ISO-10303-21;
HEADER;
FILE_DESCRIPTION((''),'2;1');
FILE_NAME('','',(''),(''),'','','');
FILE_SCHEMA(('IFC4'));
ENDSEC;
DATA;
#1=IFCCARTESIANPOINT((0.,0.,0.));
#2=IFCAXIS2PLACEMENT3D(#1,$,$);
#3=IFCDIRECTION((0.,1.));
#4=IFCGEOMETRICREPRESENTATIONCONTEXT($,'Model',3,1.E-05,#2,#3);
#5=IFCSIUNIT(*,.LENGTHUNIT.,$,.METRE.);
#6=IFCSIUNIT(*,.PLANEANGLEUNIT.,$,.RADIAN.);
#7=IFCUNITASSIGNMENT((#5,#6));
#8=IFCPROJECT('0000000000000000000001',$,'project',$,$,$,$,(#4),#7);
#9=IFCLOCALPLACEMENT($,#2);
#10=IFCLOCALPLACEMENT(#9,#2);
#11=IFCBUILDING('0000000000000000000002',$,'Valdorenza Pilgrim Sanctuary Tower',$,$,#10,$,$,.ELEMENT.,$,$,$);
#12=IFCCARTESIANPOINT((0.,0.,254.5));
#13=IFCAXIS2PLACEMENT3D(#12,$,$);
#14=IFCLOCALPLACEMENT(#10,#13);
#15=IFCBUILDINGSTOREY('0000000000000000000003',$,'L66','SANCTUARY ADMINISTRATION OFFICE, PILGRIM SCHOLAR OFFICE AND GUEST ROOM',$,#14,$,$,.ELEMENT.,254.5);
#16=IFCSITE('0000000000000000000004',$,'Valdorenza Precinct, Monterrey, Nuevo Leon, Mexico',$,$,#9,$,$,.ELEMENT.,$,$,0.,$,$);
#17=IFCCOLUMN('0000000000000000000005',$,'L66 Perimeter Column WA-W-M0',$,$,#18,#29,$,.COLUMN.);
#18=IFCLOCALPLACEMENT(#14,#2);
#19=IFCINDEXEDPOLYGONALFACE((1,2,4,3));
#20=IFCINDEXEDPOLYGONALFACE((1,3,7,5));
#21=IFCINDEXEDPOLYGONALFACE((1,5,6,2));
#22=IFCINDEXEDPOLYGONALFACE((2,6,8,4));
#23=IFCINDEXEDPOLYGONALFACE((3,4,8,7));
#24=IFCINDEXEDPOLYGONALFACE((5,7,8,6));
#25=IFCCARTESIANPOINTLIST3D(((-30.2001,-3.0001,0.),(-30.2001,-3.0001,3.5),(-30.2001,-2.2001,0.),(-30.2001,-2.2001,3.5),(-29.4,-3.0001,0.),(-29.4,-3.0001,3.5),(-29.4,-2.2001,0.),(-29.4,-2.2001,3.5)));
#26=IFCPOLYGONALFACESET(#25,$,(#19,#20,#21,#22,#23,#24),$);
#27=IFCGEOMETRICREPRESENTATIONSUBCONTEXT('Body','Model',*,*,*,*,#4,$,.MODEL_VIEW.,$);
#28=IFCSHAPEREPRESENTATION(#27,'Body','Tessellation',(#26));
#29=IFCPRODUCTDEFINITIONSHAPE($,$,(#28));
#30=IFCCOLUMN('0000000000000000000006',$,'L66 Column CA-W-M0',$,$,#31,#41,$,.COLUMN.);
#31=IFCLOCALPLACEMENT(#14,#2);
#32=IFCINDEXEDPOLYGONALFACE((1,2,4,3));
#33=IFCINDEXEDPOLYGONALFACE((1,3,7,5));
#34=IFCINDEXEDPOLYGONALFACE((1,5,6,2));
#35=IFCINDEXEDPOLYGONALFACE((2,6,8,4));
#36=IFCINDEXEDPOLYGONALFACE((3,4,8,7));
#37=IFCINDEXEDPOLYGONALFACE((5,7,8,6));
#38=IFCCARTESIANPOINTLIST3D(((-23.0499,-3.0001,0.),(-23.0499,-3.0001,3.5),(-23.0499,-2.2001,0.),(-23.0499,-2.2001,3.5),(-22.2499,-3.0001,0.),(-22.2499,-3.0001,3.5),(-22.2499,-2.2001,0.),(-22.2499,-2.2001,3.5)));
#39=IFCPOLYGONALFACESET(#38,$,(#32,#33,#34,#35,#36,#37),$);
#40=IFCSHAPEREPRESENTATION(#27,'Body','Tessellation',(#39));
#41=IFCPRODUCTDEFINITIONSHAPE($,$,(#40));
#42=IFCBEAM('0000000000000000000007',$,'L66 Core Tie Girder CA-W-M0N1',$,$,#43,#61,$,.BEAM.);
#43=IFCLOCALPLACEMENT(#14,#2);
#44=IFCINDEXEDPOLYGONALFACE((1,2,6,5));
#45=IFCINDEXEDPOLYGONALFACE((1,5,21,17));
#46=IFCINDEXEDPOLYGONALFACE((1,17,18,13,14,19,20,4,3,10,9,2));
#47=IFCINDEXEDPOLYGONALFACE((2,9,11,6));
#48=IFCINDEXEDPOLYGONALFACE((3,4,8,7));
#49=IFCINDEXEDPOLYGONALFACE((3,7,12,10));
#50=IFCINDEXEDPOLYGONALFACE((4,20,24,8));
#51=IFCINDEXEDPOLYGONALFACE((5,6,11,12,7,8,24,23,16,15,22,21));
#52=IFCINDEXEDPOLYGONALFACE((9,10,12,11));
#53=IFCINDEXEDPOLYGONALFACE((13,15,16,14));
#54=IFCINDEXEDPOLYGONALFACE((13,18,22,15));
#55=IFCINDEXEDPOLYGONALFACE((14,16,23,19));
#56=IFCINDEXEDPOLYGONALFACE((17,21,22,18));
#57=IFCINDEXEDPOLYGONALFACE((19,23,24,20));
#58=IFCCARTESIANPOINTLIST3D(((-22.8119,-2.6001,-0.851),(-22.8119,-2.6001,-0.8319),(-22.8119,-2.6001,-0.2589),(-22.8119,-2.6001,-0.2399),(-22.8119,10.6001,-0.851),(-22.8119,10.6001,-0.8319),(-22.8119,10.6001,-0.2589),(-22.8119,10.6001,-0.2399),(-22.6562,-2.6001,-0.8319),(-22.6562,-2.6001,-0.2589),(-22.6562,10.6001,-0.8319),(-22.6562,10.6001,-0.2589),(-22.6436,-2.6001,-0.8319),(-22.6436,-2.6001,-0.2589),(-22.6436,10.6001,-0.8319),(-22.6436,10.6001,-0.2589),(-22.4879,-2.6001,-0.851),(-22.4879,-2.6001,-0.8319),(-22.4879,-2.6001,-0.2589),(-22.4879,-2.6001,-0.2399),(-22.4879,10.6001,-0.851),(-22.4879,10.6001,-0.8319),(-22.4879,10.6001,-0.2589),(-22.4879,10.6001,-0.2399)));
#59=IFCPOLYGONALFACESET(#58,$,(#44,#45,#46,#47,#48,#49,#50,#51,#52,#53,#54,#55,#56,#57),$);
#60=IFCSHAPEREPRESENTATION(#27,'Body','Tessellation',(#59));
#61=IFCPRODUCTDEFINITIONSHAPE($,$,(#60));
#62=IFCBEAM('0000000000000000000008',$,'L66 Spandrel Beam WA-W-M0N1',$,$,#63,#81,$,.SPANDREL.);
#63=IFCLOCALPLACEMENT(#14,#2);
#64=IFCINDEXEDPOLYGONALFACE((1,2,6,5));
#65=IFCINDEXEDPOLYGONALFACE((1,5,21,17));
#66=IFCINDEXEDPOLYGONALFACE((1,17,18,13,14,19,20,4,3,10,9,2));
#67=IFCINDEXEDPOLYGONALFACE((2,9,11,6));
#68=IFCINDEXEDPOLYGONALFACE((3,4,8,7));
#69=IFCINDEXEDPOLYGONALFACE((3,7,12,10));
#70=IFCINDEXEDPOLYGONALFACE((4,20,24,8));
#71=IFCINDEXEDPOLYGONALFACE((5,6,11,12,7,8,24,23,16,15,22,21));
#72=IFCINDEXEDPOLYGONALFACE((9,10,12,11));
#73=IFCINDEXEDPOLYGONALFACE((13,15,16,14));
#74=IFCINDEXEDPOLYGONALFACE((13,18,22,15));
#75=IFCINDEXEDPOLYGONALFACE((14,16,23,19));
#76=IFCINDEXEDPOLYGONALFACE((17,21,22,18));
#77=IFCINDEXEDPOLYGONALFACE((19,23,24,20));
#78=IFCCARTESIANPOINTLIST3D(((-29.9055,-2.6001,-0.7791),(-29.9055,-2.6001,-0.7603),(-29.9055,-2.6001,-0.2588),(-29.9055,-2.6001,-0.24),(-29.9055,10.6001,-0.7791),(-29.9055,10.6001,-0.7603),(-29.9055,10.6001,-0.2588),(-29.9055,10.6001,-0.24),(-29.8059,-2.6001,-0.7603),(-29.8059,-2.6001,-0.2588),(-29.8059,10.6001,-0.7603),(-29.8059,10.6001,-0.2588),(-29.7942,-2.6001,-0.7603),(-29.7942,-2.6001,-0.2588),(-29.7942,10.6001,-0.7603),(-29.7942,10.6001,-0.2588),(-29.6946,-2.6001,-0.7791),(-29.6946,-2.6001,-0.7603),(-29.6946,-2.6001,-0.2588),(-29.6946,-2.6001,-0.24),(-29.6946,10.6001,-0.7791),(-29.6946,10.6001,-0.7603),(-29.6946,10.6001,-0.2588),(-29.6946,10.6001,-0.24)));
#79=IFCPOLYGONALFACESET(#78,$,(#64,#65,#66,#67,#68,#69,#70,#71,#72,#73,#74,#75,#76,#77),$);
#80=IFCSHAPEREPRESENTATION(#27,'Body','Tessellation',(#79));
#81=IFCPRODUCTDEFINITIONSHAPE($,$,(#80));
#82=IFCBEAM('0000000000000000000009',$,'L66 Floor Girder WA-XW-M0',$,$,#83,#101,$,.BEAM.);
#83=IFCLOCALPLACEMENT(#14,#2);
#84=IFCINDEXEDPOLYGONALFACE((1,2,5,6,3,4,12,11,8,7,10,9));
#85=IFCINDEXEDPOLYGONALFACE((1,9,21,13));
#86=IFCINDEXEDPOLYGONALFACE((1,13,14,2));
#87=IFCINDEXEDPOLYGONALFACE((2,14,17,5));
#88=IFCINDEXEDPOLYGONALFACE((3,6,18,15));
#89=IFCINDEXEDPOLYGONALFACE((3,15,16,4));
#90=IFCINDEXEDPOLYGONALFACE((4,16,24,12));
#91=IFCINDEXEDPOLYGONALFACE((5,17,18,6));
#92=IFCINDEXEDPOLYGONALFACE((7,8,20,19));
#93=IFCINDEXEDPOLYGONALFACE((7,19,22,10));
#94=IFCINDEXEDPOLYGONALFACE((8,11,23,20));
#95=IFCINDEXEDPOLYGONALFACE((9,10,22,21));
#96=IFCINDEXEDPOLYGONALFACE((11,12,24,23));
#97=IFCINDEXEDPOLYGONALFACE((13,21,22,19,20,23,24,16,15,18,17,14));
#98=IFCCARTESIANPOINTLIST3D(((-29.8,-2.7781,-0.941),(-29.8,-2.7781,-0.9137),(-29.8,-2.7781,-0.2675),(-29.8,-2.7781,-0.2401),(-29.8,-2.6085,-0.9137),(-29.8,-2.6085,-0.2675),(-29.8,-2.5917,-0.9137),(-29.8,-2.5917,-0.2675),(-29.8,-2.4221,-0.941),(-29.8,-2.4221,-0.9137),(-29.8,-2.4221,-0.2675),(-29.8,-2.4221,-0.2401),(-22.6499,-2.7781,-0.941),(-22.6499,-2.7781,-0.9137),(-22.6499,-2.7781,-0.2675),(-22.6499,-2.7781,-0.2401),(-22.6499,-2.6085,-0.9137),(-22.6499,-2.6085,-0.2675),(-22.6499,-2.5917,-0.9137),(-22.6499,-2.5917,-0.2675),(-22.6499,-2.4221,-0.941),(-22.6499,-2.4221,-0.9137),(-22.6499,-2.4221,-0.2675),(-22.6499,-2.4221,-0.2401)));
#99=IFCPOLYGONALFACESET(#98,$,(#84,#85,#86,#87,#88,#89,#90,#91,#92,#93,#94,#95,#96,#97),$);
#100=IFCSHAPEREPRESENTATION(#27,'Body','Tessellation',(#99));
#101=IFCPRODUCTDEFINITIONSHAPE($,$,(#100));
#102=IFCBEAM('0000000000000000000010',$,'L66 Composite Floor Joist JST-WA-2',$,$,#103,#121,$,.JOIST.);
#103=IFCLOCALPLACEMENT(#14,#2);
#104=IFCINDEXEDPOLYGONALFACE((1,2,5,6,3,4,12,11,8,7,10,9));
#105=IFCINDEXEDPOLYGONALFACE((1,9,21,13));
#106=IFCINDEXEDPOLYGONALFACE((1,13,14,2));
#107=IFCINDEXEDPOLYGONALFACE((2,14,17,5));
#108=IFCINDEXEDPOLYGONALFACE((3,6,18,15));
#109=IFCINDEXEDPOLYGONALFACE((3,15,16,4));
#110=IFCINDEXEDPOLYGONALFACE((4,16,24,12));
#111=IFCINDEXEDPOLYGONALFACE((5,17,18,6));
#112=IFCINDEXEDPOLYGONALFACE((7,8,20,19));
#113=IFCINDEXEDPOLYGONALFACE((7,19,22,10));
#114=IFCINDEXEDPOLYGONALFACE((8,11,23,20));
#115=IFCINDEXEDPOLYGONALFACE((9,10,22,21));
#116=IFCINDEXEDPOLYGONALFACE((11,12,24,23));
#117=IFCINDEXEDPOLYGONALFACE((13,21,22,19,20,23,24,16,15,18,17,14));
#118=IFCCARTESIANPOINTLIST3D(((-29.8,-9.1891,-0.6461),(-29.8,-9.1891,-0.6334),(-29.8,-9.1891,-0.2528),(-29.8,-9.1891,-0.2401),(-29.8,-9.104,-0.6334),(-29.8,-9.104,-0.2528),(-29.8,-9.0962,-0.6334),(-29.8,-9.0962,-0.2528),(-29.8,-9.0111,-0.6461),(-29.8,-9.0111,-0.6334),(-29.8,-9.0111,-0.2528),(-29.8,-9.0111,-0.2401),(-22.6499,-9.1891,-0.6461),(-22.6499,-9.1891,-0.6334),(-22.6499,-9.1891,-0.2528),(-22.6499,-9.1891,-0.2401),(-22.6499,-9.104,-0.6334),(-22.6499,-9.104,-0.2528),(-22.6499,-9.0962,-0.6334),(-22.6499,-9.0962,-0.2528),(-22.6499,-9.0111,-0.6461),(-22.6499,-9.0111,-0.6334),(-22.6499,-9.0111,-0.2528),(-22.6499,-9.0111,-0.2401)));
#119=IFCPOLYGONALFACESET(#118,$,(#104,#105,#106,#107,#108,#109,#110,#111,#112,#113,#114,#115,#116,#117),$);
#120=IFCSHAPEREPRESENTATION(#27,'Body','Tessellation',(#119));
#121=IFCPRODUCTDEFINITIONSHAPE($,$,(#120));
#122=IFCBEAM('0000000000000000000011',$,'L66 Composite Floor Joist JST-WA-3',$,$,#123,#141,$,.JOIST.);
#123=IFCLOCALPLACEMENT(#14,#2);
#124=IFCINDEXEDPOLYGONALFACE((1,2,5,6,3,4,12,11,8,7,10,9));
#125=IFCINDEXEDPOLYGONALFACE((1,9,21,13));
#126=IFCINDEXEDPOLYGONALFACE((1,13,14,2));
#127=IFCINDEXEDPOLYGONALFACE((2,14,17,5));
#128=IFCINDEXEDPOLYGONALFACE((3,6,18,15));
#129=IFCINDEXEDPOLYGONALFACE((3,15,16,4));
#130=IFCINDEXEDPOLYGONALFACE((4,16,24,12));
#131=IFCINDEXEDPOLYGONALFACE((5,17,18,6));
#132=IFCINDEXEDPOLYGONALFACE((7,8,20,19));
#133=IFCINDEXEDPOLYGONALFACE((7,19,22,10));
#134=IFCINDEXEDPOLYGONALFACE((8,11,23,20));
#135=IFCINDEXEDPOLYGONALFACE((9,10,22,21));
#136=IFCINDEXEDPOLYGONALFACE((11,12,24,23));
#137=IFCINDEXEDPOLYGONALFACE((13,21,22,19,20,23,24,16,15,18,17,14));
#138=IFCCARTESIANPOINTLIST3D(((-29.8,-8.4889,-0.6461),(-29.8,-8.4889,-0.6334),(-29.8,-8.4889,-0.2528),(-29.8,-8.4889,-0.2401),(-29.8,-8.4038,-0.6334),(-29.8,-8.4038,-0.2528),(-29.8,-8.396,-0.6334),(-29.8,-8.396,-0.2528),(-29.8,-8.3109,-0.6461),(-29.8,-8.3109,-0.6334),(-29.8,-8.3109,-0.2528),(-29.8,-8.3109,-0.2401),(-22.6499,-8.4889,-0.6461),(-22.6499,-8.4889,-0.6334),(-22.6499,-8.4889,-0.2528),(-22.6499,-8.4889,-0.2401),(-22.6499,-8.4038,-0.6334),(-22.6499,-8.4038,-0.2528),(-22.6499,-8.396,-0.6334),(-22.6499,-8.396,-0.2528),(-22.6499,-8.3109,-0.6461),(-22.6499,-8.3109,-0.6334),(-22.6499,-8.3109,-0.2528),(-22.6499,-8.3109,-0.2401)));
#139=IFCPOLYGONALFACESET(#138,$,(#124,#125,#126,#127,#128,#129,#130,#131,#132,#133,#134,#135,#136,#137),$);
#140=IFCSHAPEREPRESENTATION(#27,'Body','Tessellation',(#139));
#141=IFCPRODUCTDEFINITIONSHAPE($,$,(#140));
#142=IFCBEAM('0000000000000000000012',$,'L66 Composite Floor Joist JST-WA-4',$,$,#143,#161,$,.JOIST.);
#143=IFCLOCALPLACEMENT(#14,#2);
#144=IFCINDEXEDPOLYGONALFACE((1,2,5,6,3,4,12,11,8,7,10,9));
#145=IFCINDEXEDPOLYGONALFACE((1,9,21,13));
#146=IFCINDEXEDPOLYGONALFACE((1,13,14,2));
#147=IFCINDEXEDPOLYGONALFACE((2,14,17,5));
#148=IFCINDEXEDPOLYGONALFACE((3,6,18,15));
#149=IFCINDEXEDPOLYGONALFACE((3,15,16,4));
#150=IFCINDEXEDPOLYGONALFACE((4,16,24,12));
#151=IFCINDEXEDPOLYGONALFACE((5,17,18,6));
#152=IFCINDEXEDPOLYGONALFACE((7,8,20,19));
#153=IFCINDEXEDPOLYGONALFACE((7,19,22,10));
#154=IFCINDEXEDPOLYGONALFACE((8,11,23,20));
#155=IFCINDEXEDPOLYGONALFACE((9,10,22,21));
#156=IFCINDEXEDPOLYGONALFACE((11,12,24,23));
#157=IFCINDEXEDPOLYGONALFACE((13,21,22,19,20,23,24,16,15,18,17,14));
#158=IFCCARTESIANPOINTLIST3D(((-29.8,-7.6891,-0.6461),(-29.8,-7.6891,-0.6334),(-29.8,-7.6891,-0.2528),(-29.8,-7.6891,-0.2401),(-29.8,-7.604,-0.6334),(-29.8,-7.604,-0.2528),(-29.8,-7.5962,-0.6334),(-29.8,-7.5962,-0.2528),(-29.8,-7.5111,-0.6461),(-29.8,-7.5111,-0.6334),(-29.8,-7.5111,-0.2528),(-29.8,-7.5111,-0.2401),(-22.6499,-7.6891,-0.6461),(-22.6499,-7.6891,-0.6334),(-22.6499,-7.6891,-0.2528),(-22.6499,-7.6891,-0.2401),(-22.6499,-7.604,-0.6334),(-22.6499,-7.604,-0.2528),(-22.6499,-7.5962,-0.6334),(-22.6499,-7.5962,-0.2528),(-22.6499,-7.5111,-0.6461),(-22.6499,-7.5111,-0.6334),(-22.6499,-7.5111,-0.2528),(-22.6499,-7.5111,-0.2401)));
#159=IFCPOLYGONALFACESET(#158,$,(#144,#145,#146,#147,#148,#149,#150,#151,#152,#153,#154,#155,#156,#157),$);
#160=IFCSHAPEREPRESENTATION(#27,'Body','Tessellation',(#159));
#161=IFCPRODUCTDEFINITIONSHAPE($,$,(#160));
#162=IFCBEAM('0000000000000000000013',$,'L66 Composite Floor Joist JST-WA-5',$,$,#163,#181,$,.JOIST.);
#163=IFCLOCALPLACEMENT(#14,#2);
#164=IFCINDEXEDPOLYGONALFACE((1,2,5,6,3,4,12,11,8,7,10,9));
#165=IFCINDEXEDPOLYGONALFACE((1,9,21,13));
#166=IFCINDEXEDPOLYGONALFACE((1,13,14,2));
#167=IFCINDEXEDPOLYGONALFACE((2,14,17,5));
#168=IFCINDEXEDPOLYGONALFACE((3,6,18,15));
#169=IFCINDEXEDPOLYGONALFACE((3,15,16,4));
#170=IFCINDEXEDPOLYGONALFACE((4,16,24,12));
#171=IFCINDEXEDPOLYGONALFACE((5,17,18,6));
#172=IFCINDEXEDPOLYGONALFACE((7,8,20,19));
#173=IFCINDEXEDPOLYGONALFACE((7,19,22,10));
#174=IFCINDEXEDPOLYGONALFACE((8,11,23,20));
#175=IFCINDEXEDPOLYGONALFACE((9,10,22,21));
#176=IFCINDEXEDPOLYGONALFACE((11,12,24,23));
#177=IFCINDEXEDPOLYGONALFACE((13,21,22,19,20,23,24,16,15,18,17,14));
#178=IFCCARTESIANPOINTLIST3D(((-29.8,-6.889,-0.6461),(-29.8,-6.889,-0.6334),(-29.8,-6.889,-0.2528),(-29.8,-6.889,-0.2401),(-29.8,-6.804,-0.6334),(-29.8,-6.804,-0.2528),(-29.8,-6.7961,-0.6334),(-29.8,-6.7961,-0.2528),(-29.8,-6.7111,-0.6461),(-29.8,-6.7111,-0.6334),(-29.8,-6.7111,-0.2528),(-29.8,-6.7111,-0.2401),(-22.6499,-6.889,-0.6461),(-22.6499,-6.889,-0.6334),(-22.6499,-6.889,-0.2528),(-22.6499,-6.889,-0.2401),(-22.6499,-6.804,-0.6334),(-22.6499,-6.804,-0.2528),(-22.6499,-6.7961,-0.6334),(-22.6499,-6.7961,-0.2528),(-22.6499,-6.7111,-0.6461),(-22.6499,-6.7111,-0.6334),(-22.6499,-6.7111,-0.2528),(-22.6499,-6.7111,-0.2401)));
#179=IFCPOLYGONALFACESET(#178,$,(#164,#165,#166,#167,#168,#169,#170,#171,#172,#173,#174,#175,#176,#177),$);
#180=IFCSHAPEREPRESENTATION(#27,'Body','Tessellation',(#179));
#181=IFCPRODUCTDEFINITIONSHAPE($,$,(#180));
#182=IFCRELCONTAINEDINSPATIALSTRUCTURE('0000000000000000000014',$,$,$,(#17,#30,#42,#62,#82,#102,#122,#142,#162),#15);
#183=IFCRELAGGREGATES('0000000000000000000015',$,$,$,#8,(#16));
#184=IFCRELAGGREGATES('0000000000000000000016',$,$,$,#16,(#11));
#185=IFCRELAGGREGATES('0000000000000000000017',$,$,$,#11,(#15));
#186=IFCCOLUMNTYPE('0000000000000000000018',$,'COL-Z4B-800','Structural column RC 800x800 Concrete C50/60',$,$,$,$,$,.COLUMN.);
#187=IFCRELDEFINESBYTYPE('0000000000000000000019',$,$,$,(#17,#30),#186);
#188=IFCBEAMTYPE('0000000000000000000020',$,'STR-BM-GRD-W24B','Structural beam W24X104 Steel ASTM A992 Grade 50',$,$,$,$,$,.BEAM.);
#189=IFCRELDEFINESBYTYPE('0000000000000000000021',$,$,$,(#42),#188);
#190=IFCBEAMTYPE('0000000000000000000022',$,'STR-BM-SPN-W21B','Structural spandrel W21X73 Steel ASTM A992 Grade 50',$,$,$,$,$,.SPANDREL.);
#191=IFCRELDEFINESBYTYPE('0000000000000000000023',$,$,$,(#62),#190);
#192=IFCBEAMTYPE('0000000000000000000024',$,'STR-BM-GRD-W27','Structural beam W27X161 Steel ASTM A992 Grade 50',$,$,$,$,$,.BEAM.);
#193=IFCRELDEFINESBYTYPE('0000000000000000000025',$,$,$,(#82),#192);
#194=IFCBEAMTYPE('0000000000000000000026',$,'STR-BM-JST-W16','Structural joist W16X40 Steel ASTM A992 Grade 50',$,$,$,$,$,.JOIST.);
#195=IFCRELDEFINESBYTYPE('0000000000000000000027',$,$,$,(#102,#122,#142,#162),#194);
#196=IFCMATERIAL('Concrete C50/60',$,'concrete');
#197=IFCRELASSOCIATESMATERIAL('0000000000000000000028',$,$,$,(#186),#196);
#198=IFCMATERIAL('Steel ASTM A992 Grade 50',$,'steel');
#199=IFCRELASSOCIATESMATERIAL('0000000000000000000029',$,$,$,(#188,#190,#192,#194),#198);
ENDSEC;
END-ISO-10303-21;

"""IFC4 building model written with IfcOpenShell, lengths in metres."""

from ifc_helpers import new_model, si_unit, direction, frame, origin, origin_2d, place, context, subcontext, project, spatial, rectangle, i_section, extrude, source, transform, mapped, material, material_profile, profile_set, type_object, element, save


model = new_model("IFC4")

# Units and contexts
model_context = context("Model", 3, precision=1e-05, world=origin(), true_north=direction((0.0, 1.0)))
body_context = subcontext(model_context, "Body", "Model", "MODEL_VIEW")
ifc_project = project(units=[si_unit("LENGTHUNIT", "METRE"), si_unit("PLANEANGLEUNIT", "RADIAN")], contexts=[model_context])

# Site, building, storey
site_placement = place(None, origin())
site = spatial("IfcSite", under=ifc_project, at=site_placement, Name="Valdorenza Precinct, Monterrey, Nuevo Leon, Mexico", CompositionType="ELEMENT", RefElevation=0.0)
building_placement = place(site_placement, origin())
building = spatial("IfcBuilding", under=site, at=building_placement, Name="Valdorenza Pilgrim Sanctuary Tower", CompositionType="ELEMENT")
storey_placement = place(building_placement, frame((0.0, 0.0, 254.5)))
storey = spatial("IfcBuildingStorey", under=building, at=storey_placement, Name="L66", Description="SANCTUARY ADMINISTRATION OFFICE, PILGRIM SCHOLAR OFFICE AND GUEST ROOM", CompositionType="ELEMENT", Elevation=254.5)

# Columns
ifc_material_1 = material(Name="Concrete C50/60", Category="concrete")
ifc_material_profile_1 = material_profile(ifc_material_1, rectangle(XDim=0.8, YDim=0.8, at=origin_2d()), Name="RC 800x800")
ifc_profile_set_1 = profile_set([ifc_material_profile_1], Name="Concrete C50/60")
column_type = type_object("IfcColumnType", Name="COL-Z4B-800", Description="Structural column RC 800x800 Concrete C50/60", PredefinedType="COLUMN", material=ifc_profile_set_1)
shared_shape_1 = source(origin(), body_context, "Body", "SweptSolid", [
    extrude(rectangle(XDim=0.8, YDim=0.8, at=origin_2d()), origin(), (0.0, 0.0, 1.0), 3.5),
])
for number, where, z_axis, x_axis, name in (
    (1, (-29.8, -2.6001, 0.0), (0.0, 0.0, 1.0), (1.0, 0.0, 0.0), "L66 Perimeter Column WA-W-M0"),
    (2, (-22.6499, -2.6001, 0.0), (0.0, 0.0, 1.0), (1.0, 0.0, 0.0), "L66 Column CA-W-M0"),
):
    element("IfcColumn", number, at=place(storey_placement, frame(where, z_axis=z_axis, x_axis=x_axis)), inside=storey, type_object=column_type, Name=name, PredefinedType="COLUMN", context=body_context, shape_type="MappedRepresentation", body=[
        mapped(shared_shape_1, transform((0.0, 0.0, 0.0), x_axis=(1.0, 0.0, 0.0), y_axis=(0.0, 1.0, 0.0), z_axis=(0.0, 0.0, 1.0), scale=1.0)),
    ])

# Beams
ifc_material_2 = material(Name="Steel ASTM A992 Grade 50", Category="steel")
ifc_material_profile_2 = material_profile(ifc_material_2, i_section(OverallWidth=0.324, OverallDepth=0.6111, WebThickness=0.0127, FlangeThickness=0.019, at=origin_2d()), Name="W24X104")
ifc_profile_set_2 = profile_set([ifc_material_profile_2], Name="Steel ASTM A992 Grade 50")
beam_type_1 = type_object("IfcBeamType", Name="STR-BM-GRD-W24B", Description="Structural beam W24X104 Steel ASTM A992 Grade 50", PredefinedType="BEAM", material=ifc_profile_set_2)
shared_shape_2 = source(origin(), body_context, "Body", "SweptSolid", [
    extrude(i_section(OverallWidth=0.324, OverallDepth=0.6111, WebThickness=0.0127, FlangeThickness=0.019, at=origin_2d()), origin(), (0.0, 0.0, 1.0), 13.2002),
])
beam_1_placement = place(storey_placement, frame((-22.6499, -2.6001, -0.5454), z_axis=(0.0, 1.0, 0.0), x_axis=(-1.0, 0.0, 0.0)))
element("IfcBeam", 3, at=beam_1_placement, inside=storey, type_object=beam_type_1, Name="L66 Core Tie Girder CA-W-M0N1", PredefinedType="BEAM", context=body_context, shape_type="MappedRepresentation", body=[
    mapped(shared_shape_2, transform((0.0, 0.0, 0.0), x_axis=(1.0, 0.0, 0.0), y_axis=(0.0, 1.0, 0.0), z_axis=(0.0, 0.0, 1.0), scale=1.0)),
])
ifc_material_profile_3 = material_profile(ifc_material_2, i_section(OverallWidth=0.2109, OverallDepth=0.5391, WebThickness=0.0117, FlangeThickness=0.0188, at=origin_2d()), Name="W21X73")
ifc_profile_set_3 = profile_set([ifc_material_profile_3], Name="Steel ASTM A992 Grade 50")
beam_type_2 = type_object("IfcBeamType", Name="STR-BM-SPN-W21B", Description="Structural spandrel W21X73 Steel ASTM A992 Grade 50", PredefinedType="SPANDREL", material=ifc_profile_set_3)
shared_shape_3 = source(origin(), body_context, "Body", "SweptSolid", [
    extrude(i_section(OverallWidth=0.2109, OverallDepth=0.5391, WebThickness=0.0117, FlangeThickness=0.0188, at=origin_2d()), origin(), (0.0, 0.0, 1.0), 13.2002),
])
beam_2_placement = place(storey_placement, frame((-29.8, -2.6001, -0.5095), z_axis=(0.0, 1.0, 0.0), x_axis=(-1.0, 0.0, 0.0)))
element("IfcBeam", 4, at=beam_2_placement, inside=storey, type_object=beam_type_2, Name="L66 Spandrel Beam WA-W-M0N1", PredefinedType="SPANDREL", context=body_context, shape_type="MappedRepresentation", body=[
    mapped(shared_shape_3, transform((0.0, 0.0, 0.0), x_axis=(1.0, 0.0, 0.0), y_axis=(0.0, 1.0, 0.0), z_axis=(0.0, 0.0, 1.0), scale=1.0)),
])
ifc_material_profile_4 = material_profile(ifc_material_2, i_section(OverallWidth=0.356, OverallDepth=0.7009, WebThickness=0.0168, FlangeThickness=0.0273, at=origin_2d()), Name="W27X161")
ifc_profile_set_4 = profile_set([ifc_material_profile_4], Name="Steel ASTM A992 Grade 50")
beam_type_3 = type_object("IfcBeamType", Name="STR-BM-GRD-W27", Description="Structural beam W27X161 Steel ASTM A992 Grade 50", PredefinedType="BEAM", material=ifc_profile_set_4)
shared_shape_4 = source(origin(), body_context, "Body", "SweptSolid", [
    extrude(i_section(OverallWidth=0.356, OverallDepth=0.7009, WebThickness=0.0168, FlangeThickness=0.0273, at=origin_2d()), origin(), (0.0, 0.0, 1.0), 7.1501),
])
beam_3_placement = place(storey_placement, frame((-29.8, -2.6001, -0.5906), z_axis=(1.0, 0.0, 0.0), x_axis=(0.0, 1.0, 0.0)))
element("IfcBeam", 5, at=beam_3_placement, inside=storey, type_object=beam_type_3, Name="L66 Floor Girder WA-XW-M0", PredefinedType="BEAM", context=body_context, shape_type="MappedRepresentation", body=[
    mapped(shared_shape_4, transform((0.0, 0.0, 0.0), x_axis=(1.0, 0.0, 0.0), y_axis=(0.0, 1.0, 0.0), z_axis=(0.0, 0.0, 1.0), scale=1.0)),
])
ifc_material_profile_5 = material_profile(ifc_material_2, i_section(OverallWidth=0.178, OverallDepth=0.406, WebThickness=0.0078, FlangeThickness=0.0127, at=origin_2d()), Name="W16X40")
ifc_profile_set_5 = profile_set([ifc_material_profile_5], Name="Steel ASTM A992 Grade 50")
beam_type_4 = type_object("IfcBeamType", Name="STR-BM-JST-W16", Description="Structural joist W16X40 Steel ASTM A992 Grade 50", PredefinedType="JOIST", material=ifc_profile_set_5)
shared_shape_5 = source(origin(), body_context, "Body", "SweptSolid", [
    extrude(i_section(OverallWidth=0.178, OverallDepth=0.406, WebThickness=0.0078, FlangeThickness=0.0127, at=origin_2d()), origin(), (0.0, 0.0, 1.0), 7.1501),
])
for number, where, z_axis, x_axis, name in (
    (6, (-29.8, -9.1001, -0.4431), (1.0, 0.0, 0.0), (0.0, 1.0, 0.0), "L66 Composite Floor Joist JST-WA-2"),
    (7, (-29.8, -8.3999, -0.4431), (1.0, 0.0, 0.0), (0.0, 1.0, 0.0), "L66 Composite Floor Joist JST-WA-3"),
    (8, (-29.8, -7.6001, -0.4431), (1.0, 0.0, 0.0), (0.0, 1.0, 0.0), "L66 Composite Floor Joist JST-WA-4"),
    (9, (-29.8, -6.8, -0.4431), (1.0, 0.0, 0.0), (0.0, 1.0, 0.0), "L66 Composite Floor Joist JST-WA-5"),
):
    element("IfcBeam", number, at=place(storey_placement, frame(where, z_axis=z_axis, x_axis=x_axis)), inside=storey, type_object=beam_type_4, Name=name, PredefinedType="JOIST", context=body_context, shape_type="MappedRepresentation", body=[
        mapped(shared_shape_5, transform((0.0, 0.0, 0.0), x_axis=(1.0, 0.0, 0.0), y_axis=(0.0, 1.0, 0.0), z_axis=(0.0, 0.0, 1.0), scale=1.0)),
    ])

save(model, "model.ifc")
